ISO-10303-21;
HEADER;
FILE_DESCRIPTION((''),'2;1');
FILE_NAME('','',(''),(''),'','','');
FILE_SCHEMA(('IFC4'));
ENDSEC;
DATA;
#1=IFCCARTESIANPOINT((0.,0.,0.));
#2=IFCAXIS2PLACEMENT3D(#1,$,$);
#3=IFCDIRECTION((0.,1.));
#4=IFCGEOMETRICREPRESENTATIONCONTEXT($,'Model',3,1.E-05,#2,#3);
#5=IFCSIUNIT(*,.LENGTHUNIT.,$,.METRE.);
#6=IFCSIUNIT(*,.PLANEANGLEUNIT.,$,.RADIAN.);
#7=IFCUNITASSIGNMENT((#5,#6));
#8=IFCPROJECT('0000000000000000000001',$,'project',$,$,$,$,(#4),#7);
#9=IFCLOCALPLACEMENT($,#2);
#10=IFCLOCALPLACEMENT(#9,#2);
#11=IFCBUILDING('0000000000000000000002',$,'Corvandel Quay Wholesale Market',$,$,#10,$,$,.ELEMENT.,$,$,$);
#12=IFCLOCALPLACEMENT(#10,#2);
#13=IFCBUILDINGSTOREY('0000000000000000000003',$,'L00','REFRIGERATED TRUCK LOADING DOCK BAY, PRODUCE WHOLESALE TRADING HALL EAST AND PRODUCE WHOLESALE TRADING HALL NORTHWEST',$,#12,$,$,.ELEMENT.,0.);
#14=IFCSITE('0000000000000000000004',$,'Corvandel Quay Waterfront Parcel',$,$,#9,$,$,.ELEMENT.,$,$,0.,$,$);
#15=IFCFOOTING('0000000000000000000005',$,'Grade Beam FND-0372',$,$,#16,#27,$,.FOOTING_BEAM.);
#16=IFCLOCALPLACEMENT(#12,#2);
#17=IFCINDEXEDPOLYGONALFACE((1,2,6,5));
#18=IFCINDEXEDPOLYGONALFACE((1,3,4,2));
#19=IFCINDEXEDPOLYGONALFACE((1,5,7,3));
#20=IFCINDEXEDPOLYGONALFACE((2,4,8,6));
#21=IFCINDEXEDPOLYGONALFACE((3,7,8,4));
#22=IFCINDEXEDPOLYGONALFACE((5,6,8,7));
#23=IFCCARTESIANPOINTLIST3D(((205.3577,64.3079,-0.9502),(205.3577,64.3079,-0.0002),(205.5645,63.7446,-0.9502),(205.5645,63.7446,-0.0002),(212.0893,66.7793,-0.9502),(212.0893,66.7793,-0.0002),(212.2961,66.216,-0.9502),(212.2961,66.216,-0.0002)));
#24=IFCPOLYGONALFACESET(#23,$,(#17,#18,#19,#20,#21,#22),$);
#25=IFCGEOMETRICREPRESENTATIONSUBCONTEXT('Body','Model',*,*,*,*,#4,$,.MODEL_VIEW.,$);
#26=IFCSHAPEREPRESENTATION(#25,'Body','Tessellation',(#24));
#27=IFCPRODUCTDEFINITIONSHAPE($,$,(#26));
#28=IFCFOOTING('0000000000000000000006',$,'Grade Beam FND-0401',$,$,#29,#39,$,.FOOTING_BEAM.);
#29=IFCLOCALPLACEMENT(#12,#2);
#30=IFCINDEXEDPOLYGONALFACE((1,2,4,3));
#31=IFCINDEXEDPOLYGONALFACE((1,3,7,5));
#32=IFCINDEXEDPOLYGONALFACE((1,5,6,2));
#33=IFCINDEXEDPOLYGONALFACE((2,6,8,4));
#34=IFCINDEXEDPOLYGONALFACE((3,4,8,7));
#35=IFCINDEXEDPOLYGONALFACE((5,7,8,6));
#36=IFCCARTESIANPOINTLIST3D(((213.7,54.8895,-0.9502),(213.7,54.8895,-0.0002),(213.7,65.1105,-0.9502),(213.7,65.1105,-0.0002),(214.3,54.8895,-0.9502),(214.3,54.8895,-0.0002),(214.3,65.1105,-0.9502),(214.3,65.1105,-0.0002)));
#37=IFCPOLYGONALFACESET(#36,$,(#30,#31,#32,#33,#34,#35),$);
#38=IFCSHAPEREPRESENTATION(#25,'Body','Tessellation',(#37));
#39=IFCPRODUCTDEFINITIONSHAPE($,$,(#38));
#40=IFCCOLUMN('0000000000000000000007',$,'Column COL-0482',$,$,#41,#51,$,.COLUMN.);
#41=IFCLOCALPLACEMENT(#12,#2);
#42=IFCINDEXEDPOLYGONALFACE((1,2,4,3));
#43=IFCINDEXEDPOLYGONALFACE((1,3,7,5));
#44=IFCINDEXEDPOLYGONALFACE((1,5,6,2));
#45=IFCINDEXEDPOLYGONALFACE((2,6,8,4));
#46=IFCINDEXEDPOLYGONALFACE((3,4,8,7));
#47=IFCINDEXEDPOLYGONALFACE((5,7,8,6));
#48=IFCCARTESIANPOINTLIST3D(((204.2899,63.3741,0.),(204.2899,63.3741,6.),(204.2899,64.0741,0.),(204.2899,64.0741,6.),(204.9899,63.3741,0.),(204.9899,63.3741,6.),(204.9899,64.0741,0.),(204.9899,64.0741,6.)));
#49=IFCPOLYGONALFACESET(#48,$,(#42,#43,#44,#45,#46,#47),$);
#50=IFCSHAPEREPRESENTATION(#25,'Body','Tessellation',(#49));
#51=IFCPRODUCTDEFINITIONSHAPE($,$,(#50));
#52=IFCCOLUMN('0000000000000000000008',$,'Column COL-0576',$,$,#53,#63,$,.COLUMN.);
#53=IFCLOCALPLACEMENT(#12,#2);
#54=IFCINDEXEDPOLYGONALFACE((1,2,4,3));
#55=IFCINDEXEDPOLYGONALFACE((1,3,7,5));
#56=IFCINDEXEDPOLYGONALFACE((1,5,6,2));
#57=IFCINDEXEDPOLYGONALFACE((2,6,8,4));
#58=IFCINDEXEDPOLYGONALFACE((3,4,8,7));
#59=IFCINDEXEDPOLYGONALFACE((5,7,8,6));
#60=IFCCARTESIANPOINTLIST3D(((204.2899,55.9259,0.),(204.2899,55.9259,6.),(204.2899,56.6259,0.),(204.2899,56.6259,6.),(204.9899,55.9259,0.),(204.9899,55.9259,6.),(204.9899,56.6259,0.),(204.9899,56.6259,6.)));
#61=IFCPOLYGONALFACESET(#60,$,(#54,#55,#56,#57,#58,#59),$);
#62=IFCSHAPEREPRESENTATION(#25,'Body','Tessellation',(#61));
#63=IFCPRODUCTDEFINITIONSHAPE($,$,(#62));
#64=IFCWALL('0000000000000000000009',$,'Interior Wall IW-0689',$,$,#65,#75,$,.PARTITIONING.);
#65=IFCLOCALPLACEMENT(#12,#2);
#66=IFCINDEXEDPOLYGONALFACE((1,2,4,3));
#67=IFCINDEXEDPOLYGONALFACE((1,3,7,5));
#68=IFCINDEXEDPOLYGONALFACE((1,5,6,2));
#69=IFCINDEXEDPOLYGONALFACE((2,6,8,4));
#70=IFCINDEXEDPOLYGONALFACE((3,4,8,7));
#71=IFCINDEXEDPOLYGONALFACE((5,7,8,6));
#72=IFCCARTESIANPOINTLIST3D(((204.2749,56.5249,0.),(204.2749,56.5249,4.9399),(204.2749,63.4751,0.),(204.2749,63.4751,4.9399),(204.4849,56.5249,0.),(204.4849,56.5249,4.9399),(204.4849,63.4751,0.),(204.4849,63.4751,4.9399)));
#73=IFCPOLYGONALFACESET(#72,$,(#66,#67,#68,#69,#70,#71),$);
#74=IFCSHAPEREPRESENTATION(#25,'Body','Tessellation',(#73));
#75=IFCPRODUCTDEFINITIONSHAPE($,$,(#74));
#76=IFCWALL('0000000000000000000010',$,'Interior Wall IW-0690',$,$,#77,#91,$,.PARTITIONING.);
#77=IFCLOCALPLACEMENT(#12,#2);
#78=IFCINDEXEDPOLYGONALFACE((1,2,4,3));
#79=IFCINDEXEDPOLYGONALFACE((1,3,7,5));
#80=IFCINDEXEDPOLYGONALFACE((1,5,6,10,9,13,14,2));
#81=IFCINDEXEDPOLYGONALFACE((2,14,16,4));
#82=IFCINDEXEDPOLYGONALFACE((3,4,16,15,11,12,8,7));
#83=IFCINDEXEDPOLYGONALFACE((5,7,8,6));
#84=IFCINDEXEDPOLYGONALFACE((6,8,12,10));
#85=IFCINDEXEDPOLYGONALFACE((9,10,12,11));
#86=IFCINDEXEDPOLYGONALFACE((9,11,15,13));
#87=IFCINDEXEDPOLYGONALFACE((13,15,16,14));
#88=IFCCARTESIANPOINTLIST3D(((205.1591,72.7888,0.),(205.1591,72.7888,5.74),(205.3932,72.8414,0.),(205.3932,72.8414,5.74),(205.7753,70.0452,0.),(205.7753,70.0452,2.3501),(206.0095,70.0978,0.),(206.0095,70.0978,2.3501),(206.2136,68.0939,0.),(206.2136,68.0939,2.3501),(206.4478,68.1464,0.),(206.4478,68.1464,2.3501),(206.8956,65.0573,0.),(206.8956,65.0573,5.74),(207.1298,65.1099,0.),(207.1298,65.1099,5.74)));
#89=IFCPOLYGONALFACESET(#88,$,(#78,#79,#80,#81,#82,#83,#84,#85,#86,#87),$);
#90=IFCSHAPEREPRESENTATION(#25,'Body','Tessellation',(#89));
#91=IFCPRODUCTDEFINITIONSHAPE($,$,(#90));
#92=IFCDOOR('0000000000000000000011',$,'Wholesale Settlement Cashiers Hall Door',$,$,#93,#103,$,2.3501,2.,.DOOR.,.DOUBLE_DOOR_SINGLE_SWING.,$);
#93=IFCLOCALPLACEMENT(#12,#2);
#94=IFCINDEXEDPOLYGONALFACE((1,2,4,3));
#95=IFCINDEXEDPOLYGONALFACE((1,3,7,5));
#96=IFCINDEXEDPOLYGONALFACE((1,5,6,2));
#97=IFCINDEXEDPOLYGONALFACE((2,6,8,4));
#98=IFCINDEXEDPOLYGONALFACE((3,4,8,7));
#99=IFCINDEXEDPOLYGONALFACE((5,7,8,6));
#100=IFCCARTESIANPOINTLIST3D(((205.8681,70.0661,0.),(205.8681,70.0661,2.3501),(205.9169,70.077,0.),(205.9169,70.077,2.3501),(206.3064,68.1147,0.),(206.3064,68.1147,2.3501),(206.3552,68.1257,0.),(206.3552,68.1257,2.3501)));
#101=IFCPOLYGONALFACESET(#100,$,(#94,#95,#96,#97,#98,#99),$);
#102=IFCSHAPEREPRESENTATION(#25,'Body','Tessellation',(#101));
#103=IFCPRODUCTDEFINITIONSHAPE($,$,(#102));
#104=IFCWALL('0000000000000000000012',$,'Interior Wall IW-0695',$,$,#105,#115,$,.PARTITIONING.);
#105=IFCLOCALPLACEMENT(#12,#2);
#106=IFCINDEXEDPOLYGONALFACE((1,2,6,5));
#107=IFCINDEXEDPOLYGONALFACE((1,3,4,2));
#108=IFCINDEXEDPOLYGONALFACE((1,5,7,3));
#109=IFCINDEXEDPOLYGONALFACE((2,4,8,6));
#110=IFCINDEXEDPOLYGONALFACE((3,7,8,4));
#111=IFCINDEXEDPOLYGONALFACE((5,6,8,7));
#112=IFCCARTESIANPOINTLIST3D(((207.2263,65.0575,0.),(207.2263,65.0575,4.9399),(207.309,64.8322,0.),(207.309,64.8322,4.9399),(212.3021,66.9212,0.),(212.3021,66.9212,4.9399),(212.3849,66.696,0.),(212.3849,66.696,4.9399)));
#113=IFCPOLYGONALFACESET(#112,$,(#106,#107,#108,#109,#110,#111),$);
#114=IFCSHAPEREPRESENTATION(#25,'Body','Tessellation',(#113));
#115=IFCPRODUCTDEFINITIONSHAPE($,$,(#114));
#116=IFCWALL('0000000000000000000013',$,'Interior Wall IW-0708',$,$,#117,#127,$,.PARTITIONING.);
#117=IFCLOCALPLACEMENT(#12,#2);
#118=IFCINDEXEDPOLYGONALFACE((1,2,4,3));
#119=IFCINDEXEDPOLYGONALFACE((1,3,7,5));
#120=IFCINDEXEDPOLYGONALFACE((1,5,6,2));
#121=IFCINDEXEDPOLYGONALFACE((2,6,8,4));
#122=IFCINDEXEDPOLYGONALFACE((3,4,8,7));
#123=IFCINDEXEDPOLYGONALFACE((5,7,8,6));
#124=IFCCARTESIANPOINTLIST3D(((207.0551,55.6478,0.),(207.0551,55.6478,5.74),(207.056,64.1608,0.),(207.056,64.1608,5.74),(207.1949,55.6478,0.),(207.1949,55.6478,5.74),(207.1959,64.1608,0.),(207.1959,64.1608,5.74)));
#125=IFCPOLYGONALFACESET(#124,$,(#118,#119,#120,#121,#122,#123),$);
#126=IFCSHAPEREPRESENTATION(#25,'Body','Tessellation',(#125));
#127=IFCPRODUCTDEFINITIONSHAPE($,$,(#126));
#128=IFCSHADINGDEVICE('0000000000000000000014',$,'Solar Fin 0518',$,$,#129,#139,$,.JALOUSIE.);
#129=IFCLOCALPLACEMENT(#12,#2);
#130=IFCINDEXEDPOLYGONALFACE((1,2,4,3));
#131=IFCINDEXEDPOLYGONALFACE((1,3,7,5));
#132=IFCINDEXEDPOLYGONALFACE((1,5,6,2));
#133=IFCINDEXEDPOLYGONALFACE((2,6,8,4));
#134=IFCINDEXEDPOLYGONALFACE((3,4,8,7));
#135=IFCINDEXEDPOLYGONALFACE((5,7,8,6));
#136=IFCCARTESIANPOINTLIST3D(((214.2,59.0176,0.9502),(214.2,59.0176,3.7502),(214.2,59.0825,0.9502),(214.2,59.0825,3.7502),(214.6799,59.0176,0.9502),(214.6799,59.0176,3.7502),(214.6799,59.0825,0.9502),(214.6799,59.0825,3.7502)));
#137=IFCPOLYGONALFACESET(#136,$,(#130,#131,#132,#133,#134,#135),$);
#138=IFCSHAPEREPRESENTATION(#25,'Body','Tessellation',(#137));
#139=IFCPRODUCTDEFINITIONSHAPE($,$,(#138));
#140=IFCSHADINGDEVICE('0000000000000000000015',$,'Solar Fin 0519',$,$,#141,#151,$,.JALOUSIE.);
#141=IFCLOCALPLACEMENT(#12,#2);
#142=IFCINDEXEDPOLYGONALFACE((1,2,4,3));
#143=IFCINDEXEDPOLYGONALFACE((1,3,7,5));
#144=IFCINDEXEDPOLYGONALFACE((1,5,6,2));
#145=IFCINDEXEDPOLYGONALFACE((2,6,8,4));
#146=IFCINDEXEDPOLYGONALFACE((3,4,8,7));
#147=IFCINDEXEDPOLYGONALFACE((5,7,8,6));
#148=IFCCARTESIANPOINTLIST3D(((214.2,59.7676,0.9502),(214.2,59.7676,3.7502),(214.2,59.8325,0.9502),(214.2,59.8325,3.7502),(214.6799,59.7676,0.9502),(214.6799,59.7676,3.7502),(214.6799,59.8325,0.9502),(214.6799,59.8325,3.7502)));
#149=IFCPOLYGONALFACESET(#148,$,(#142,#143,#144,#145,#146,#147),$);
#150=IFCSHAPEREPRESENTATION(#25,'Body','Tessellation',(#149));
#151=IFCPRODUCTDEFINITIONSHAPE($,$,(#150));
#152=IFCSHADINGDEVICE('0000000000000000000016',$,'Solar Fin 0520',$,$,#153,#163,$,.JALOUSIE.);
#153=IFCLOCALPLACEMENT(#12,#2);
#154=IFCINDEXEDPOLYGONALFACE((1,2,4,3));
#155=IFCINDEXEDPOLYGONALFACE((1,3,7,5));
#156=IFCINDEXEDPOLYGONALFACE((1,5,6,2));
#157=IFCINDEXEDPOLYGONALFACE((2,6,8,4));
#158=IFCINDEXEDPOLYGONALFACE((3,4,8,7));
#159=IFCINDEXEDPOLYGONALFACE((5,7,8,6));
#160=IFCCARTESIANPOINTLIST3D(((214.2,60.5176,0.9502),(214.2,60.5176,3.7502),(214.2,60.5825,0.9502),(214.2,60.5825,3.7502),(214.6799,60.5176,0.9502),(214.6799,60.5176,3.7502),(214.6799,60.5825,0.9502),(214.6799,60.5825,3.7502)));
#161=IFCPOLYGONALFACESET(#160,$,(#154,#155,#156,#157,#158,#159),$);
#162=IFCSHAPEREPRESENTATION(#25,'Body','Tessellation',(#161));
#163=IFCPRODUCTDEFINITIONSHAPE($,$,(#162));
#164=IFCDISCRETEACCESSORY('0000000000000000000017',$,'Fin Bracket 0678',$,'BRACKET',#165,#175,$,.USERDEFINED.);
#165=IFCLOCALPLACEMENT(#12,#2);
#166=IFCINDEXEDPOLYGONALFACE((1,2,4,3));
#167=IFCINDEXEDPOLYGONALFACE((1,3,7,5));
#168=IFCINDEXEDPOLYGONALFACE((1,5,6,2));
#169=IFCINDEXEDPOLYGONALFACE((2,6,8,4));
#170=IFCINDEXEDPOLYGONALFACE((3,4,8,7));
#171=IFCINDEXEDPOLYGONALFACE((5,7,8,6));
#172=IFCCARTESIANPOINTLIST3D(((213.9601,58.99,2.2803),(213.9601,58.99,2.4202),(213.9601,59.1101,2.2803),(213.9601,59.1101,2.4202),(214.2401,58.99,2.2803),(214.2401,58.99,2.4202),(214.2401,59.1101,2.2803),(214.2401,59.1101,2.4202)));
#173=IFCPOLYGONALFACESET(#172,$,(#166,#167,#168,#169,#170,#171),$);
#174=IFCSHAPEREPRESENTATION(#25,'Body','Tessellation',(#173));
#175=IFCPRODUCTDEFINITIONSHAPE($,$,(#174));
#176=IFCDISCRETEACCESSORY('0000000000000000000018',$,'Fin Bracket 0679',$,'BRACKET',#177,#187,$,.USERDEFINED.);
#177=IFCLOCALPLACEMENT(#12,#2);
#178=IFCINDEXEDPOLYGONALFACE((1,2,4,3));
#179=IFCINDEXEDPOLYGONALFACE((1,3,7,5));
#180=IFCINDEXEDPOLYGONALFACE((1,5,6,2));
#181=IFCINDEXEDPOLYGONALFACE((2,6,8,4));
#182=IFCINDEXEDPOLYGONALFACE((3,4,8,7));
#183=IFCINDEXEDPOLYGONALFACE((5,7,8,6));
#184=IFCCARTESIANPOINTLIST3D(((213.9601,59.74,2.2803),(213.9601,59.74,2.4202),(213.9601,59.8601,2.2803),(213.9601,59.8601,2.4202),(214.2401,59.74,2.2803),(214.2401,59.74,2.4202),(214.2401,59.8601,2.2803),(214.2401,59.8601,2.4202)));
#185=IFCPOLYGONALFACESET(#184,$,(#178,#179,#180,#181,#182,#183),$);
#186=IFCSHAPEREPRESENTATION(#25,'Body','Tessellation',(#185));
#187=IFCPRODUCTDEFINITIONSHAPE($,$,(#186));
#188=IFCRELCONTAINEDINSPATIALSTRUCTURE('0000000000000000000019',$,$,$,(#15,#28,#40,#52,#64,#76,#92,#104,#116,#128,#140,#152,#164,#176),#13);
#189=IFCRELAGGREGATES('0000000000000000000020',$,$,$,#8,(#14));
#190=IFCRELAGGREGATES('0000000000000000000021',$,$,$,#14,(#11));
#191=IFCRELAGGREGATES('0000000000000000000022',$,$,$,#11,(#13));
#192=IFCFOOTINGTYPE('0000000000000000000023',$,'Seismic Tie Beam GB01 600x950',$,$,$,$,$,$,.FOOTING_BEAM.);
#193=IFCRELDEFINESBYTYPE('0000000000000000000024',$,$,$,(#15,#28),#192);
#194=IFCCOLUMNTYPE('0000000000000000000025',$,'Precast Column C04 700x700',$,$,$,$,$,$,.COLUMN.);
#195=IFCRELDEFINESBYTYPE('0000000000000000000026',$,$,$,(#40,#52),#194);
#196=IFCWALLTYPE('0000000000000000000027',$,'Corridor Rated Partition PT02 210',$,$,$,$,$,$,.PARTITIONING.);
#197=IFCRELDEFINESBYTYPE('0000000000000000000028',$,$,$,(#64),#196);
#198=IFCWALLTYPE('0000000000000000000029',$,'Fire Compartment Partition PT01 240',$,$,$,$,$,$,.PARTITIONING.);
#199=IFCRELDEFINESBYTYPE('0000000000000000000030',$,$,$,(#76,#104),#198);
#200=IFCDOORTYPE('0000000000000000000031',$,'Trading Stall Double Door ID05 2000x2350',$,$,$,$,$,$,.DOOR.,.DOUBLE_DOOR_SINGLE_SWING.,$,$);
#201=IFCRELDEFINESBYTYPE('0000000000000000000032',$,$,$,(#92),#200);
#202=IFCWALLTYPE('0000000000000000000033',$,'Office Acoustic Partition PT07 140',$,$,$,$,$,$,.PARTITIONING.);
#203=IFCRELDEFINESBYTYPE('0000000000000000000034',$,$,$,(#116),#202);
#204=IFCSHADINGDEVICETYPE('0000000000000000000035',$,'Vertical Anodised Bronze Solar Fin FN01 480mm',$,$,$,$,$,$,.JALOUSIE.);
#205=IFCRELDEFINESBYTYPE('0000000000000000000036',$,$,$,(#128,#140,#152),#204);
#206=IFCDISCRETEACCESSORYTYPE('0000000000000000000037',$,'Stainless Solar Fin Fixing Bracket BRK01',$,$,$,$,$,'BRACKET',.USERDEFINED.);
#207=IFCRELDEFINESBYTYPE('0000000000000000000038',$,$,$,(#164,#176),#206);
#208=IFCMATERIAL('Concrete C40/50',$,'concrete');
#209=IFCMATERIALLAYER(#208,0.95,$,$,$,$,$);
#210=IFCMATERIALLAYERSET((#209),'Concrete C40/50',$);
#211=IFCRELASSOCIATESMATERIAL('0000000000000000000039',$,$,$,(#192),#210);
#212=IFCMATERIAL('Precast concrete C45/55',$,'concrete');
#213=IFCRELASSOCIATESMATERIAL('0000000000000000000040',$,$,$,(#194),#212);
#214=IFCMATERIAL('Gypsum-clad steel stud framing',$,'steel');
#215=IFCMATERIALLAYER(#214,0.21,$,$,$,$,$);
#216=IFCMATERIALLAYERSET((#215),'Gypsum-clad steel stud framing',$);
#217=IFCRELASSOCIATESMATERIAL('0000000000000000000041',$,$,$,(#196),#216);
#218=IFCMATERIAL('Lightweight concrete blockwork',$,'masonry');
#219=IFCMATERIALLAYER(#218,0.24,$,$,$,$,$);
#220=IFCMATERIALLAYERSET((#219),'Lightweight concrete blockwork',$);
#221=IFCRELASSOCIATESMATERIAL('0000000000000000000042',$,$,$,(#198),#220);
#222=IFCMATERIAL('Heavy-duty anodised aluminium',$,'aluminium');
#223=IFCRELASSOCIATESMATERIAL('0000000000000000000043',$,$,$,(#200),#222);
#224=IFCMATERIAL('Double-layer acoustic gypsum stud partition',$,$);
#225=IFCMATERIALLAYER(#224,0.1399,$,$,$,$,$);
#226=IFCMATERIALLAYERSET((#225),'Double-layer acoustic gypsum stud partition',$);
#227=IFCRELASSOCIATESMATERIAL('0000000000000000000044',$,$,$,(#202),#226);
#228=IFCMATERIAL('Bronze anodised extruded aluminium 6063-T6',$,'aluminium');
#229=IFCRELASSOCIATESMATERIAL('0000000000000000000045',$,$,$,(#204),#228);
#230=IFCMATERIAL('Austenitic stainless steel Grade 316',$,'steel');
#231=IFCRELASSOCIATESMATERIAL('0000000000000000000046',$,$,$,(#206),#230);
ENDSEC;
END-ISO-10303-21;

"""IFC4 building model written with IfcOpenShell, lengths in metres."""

from ifc_helpers import new_model, si_unit, direction, frame, frame_2d, origin, origin_2d, place, context, subcontext, project, spatial, rectangle, extrude, material, layer, layer_set, material_profile, profile_set, type_object, element, fill, save


model = new_model("IFC4")

# Units and contexts
model_context = context("Model", 3, precision=1e-05, world=origin(), true_north=direction((0.0, 1.0)))
body_context = subcontext(model_context, "Body", "Model", "MODEL_VIEW")
ifc_project = project(units=[si_unit("LENGTHUNIT", "METRE"), si_unit("PLANEANGLEUNIT", "RADIAN")], contexts=[model_context])

# Site, building, storey
site_placement = place(None, origin())
site = spatial("IfcSite", under=ifc_project, at=site_placement, Name="Corvandel Quay Waterfront Parcel", CompositionType="ELEMENT", RefElevation=0.0)
building_placement = place(site_placement, origin())
building = spatial("IfcBuilding", under=site, at=building_placement, Name="Corvandel Quay Wholesale Market", CompositionType="ELEMENT")
storey_placement = place(building_placement, origin())
storey = spatial("IfcBuildingStorey", under=building, at=storey_placement, Name="L00", Description="REFRIGERATED TRUCK LOADING DOCK BAY, PRODUCE WHOLESALE TRADING HALL EAST AND PRODUCE WHOLESALE TRADING HALL NORTHWEST", CompositionType="ELEMENT", Elevation=0.0)

# Shared definitions
ifc_material_1 = material(Name="Concrete C40/50", Category="concrete")

# Footings
ifc_layer_1 = layer(ifc_material_1, 0.95)
ifc_layer_set_1 = layer_set([ifc_layer_1], Name="Concrete C40/50")
footing_type_1 = type_object("IfcFootingType", Name="Seismic Tie Beam GB01 600x950", PredefinedType="FOOTING_BEAM", material=ifc_layer_set_1)
footing_1_placement = place(storey_placement, frame((208.8269, 65.262, -0.9502), z_axis=(0.0, 0.0, 1.0), x_axis=(0.938734, 0.344643, 0.0)))
element("IfcFooting", 1, at=footing_1_placement, inside=storey, type_object=footing_type_1, Name="Grade Beam FND-0372", PredefinedType="FOOTING_BEAM", context=body_context, shape_type="SweptSolid", body=[
    extrude(rectangle(XDim=7.1709, YDim=0.6001, at=origin_2d()), origin(), (0.0, 0.0, 1.0), 0.95),
])
footing_2_placement = place(storey_placement, frame((214.0, 60.0, -0.9502), z_axis=(0.0, 0.0, 1.0), x_axis=(0.0, 1.0, 0.0)))
element("IfcFooting", 2, at=footing_2_placement, inside=storey, type_object=footing_type_1, Name="Grade Beam FND-0401", PredefinedType="FOOTING_BEAM", context=body_context, shape_type="SweptSolid", body=[
    extrude(rectangle(XDim=10.2209, YDim=0.6001, at=origin_2d()), origin(), (0.0, 0.0, 1.0), 0.95),
])

# Columns
ifc_material_2 = material(Name="Precast concrete C45/55", Category="concrete")
ifc_material_profile_1 = material_profile(ifc_material_2, rectangle(XDim=0.7, YDim=0.7, at=origin_2d()), Name="PC-COL-700x700")
ifc_profile_set_1 = profile_set([ifc_material_profile_1], Name="Precast concrete C45/55")
column_type = type_object("IfcColumnType", Name="Precast Column C04 700x700", PredefinedType="COLUMN", material=ifc_profile_set_1)
for number, where, z_axis, x_axis, name in (
    (3, (204.6399, 63.7241, 0.0), (0.0, 0.0, 1.0), (1.0, 0.0, 0.0), "Column COL-0482"),
    (4, (204.6399, 56.2759, 0.0), (0.0, 0.0, 1.0), (1.0, 0.0, 0.0), "Column COL-0576"),
):
    element("IfcColumn", number, at=place(storey_placement, frame(where, z_axis=z_axis, x_axis=x_axis)), inside=storey, type_object=column_type, Name=name, PredefinedType="COLUMN", context=body_context, shape_type="SweptSolid", body=[
        extrude(rectangle(XDim=0.7, YDim=0.7, at=origin_2d()), origin(), (0.0, 0.0, 1.0), 6.0),
    ])

# Wall
ifc_material_3 = material(Name="Gypsum-clad steel stud framing", Category="steel")
ifc_layer_2 = layer(ifc_material_3, 0.21)
ifc_layer_set_2 = layer_set([ifc_layer_2], Name="Gypsum-clad steel stud framing")
wall_type_1 = type_object("IfcWallType", Name="Corridor Rated Partition PT02 210", PredefinedType="PARTITIONING", material=ifc_layer_set_2)
wall_1_placement = place(storey_placement, frame((204.3799, 63.4751, 0.0), z_axis=(0.0, 0.0, 1.0), x_axis=(0.0, -1.0, 0.0)))
element("IfcWall", 5, at=wall_1_placement, inside=storey, type_object=wall_type_1, Name="Interior Wall IW-0689", PredefinedType="PARTITIONING", context=body_context, shape_type="SweptSolid", body=[
    extrude(rectangle(XDim=6.9502, YDim=0.21, at=frame_2d((3.4751, 0.0))), origin(), (0.0, 0.0, 1.0), 4.9399),
])

# Wall, opening, door
ifc_material_4 = material(Name="Lightweight concrete blockwork", Category="masonry")
ifc_layer_3 = layer(ifc_material_4, 0.24)
ifc_layer_set_3 = layer_set([ifc_layer_3], Name="Lightweight concrete blockwork")
wall_type_2 = type_object("IfcWallType", Name="Fire Compartment Partition PT01 240", PredefinedType="PARTITIONING", material=ifc_layer_set_3)
wall_2_placement = place(storey_placement, frame((207.0127, 65.0837, 0.0), z_axis=(0.0, 0.0, 1.0), x_axis=(-0.219151, 0.975691, 0.0)))
wall_2 = element("IfcWall", 6, at=wall_2_placement, inside=storey, type_object=wall_type_2, Name="Interior Wall IW-0690", PredefinedType="PARTITIONING", context=body_context, shape_type="SweptSolid", body=[
    extrude(rectangle(XDim=7.9241, YDim=0.24, at=frame_2d((3.9619, 0.0))), origin(), (0.0, 0.0, 1.0), 5.74),
])
opening_placement = place(wall_2_placement, frame((3.1121, 0.0, 0.0)))
opening = element("IfcOpeningElement", 7, at=opening_placement, cuts=wall_2, PredefinedType="OPENING", context=body_context, shape_type="SweptSolid", body=[
    extrude(rectangle(XDim=2.0, YDim=2.3501, at=frame_2d((1.0, 1.175))), frame((0.0, 0.1299, 0.0), z_axis=(0.0, -1.0, 0.0), x_axis=(1.0, 0.0, 0.0)), (0.0, 0.0, 1.0), 0.26),
])
ifc_material_5 = material(Name="Heavy-duty anodised aluminium", Category="aluminium")
door_type = type_object("IfcDoorType", Name="Trading Stall Double Door ID05 2000x2350", OperationType="DOUBLE_DOOR_SINGLE_SWING", PredefinedType="DOOR", material=ifc_material_5)
door_placement = place(opening_placement, origin())
door = element("IfcDoor", 8, at=door_placement, inside=storey, type_object=door_type, Name="Wholesale Settlement Cashiers Hall Door", OperationType="DOUBLE_DOOR_SINGLE_SWING", OverallHeight=2.3501, OverallWidth=2.0, PredefinedType="DOOR", context=body_context, shape_type="SweptSolid", body=[
    extrude(rectangle(XDim=2.0, YDim=2.3501, at=frame_2d((1.0, 1.175))), frame((0.0, 0.0249, 0.0), z_axis=(0.0, -1.0, 0.0), x_axis=(1.0, 0.0, 0.0)), (0.0, 0.0, 1.0), 0.05),
])
fill(opening, door)

# Walls
wall_3_placement = place(storey_placement, frame((212.3435, 66.8086, 0.0), z_axis=(0.0, 0.0, 1.0), x_axis=(-0.938721, -0.344678, 0.0)))
element("IfcWall", 9, at=wall_3_placement, inside=storey, type_object=wall_type_2, Name="Interior Wall IW-0695", PredefinedType="PARTITIONING", context=body_context, shape_type="SweptSolid", body=[
    extrude(rectangle(XDim=5.4072, YDim=0.24, at=frame_2d((2.7036, 0.0))), origin(), (0.0, 0.0, 1.0), 4.9399),
])
ifc_material_6 = material(Name="Double-layer acoustic gypsum stud partition")
ifc_layer_4 = layer(ifc_material_6, 0.1399)
ifc_layer_set_4 = layer_set([ifc_layer_4], Name="Double-layer acoustic gypsum stud partition")
wall_type_3 = type_object("IfcWallType", Name="Office Acoustic Partition PT07 140", PredefinedType="PARTITIONING", material=ifc_layer_set_4)
wall_4_placement = place(storey_placement, frame((207.125, 55.6479, 0.0), z_axis=(0.0, 0.0, 1.0), x_axis=(0.000115, 1.0, 0.0)))
element("IfcWall", 10, at=wall_4_placement, inside=storey, type_object=wall_type_3, Name="Interior Wall IW-0708", PredefinedType="PARTITIONING", context=body_context, shape_type="SweptSolid", body=[
    extrude(rectangle(XDim=8.5129, YDim=0.1399, at=frame_2d((4.2563, 0.0))), origin(), (0.0, 0.0, 1.0), 5.74),
])

# Shading devices
ifc_material_7 = material(Name="Bronze anodised extruded aluminium 6063-T6", Category="aluminium")
shading_device_type = type_object("IfcShadingDeviceType", Name="Vertical Anodised Bronze Solar Fin FN01 480mm", PredefinedType="JALOUSIE", material=ifc_material_7)
for number, where, z_axis, x_axis, name in (
    (11, (214.4399, 59.05, 0.9502), (0.0, 0.0, 1.0), (1.0, 0.0, 0.0), "Solar Fin 0518"),
    (12, (214.4399, 59.8, 0.9502), (0.0, 0.0, 1.0), (1.0, 0.0, 0.0), "Solar Fin 0519"),
    (13, (214.4399, 60.55, 0.9502), (0.0, 0.0, 1.0), (1.0, 0.0, 0.0), "Solar Fin 0520"),
):
    element("IfcShadingDevice", number, at=place(storey_placement, frame(where, z_axis=z_axis, x_axis=x_axis)), inside=storey, type_object=shading_device_type, Name=name, PredefinedType="JALOUSIE", context=body_context, shape_type="SweptSolid", body=[
        extrude(rectangle(XDim=0.48, YDim=0.0649, at=origin_2d()), origin(), (0.0, 0.0, 1.0), 2.8),
    ])

# Discrete accessories
ifc_material_8 = material(Name="Austenitic stainless steel Grade 316", Category="steel")
discrete_accessory_type = type_object("IfcDiscreteAccessoryType", Name="Stainless Solar Fin Fixing Bracket BRK01", ElementType="BRACKET", PredefinedType="USERDEFINED", material=ifc_material_8)
for number, where, z_axis, x_axis, name in (
    (14, (214.1001, 59.05, 2.2803), (0.0, 0.0, 1.0), (1.0, 0.0, 0.0), "Fin Bracket 0678"),
    (15, (214.1001, 59.8, 2.2803), (0.0, 0.0, 1.0), (1.0, 0.0, 0.0), "Fin Bracket 0679"),
):
    element("IfcDiscreteAccessory", number, at=place(storey_placement, frame(where, z_axis=z_axis, x_axis=x_axis)), inside=storey, type_object=discrete_accessory_type, Name=name, ObjectType="BRACKET", PredefinedType="USERDEFINED", context=body_context, shape_type="SweptSolid", body=[
        extrude(rectangle(XDim=0.28, YDim=0.1201, at=origin_2d()), origin(), (0.0, 0.0, 1.0), 0.1399),
    ])

save(model, "model.ifc")
